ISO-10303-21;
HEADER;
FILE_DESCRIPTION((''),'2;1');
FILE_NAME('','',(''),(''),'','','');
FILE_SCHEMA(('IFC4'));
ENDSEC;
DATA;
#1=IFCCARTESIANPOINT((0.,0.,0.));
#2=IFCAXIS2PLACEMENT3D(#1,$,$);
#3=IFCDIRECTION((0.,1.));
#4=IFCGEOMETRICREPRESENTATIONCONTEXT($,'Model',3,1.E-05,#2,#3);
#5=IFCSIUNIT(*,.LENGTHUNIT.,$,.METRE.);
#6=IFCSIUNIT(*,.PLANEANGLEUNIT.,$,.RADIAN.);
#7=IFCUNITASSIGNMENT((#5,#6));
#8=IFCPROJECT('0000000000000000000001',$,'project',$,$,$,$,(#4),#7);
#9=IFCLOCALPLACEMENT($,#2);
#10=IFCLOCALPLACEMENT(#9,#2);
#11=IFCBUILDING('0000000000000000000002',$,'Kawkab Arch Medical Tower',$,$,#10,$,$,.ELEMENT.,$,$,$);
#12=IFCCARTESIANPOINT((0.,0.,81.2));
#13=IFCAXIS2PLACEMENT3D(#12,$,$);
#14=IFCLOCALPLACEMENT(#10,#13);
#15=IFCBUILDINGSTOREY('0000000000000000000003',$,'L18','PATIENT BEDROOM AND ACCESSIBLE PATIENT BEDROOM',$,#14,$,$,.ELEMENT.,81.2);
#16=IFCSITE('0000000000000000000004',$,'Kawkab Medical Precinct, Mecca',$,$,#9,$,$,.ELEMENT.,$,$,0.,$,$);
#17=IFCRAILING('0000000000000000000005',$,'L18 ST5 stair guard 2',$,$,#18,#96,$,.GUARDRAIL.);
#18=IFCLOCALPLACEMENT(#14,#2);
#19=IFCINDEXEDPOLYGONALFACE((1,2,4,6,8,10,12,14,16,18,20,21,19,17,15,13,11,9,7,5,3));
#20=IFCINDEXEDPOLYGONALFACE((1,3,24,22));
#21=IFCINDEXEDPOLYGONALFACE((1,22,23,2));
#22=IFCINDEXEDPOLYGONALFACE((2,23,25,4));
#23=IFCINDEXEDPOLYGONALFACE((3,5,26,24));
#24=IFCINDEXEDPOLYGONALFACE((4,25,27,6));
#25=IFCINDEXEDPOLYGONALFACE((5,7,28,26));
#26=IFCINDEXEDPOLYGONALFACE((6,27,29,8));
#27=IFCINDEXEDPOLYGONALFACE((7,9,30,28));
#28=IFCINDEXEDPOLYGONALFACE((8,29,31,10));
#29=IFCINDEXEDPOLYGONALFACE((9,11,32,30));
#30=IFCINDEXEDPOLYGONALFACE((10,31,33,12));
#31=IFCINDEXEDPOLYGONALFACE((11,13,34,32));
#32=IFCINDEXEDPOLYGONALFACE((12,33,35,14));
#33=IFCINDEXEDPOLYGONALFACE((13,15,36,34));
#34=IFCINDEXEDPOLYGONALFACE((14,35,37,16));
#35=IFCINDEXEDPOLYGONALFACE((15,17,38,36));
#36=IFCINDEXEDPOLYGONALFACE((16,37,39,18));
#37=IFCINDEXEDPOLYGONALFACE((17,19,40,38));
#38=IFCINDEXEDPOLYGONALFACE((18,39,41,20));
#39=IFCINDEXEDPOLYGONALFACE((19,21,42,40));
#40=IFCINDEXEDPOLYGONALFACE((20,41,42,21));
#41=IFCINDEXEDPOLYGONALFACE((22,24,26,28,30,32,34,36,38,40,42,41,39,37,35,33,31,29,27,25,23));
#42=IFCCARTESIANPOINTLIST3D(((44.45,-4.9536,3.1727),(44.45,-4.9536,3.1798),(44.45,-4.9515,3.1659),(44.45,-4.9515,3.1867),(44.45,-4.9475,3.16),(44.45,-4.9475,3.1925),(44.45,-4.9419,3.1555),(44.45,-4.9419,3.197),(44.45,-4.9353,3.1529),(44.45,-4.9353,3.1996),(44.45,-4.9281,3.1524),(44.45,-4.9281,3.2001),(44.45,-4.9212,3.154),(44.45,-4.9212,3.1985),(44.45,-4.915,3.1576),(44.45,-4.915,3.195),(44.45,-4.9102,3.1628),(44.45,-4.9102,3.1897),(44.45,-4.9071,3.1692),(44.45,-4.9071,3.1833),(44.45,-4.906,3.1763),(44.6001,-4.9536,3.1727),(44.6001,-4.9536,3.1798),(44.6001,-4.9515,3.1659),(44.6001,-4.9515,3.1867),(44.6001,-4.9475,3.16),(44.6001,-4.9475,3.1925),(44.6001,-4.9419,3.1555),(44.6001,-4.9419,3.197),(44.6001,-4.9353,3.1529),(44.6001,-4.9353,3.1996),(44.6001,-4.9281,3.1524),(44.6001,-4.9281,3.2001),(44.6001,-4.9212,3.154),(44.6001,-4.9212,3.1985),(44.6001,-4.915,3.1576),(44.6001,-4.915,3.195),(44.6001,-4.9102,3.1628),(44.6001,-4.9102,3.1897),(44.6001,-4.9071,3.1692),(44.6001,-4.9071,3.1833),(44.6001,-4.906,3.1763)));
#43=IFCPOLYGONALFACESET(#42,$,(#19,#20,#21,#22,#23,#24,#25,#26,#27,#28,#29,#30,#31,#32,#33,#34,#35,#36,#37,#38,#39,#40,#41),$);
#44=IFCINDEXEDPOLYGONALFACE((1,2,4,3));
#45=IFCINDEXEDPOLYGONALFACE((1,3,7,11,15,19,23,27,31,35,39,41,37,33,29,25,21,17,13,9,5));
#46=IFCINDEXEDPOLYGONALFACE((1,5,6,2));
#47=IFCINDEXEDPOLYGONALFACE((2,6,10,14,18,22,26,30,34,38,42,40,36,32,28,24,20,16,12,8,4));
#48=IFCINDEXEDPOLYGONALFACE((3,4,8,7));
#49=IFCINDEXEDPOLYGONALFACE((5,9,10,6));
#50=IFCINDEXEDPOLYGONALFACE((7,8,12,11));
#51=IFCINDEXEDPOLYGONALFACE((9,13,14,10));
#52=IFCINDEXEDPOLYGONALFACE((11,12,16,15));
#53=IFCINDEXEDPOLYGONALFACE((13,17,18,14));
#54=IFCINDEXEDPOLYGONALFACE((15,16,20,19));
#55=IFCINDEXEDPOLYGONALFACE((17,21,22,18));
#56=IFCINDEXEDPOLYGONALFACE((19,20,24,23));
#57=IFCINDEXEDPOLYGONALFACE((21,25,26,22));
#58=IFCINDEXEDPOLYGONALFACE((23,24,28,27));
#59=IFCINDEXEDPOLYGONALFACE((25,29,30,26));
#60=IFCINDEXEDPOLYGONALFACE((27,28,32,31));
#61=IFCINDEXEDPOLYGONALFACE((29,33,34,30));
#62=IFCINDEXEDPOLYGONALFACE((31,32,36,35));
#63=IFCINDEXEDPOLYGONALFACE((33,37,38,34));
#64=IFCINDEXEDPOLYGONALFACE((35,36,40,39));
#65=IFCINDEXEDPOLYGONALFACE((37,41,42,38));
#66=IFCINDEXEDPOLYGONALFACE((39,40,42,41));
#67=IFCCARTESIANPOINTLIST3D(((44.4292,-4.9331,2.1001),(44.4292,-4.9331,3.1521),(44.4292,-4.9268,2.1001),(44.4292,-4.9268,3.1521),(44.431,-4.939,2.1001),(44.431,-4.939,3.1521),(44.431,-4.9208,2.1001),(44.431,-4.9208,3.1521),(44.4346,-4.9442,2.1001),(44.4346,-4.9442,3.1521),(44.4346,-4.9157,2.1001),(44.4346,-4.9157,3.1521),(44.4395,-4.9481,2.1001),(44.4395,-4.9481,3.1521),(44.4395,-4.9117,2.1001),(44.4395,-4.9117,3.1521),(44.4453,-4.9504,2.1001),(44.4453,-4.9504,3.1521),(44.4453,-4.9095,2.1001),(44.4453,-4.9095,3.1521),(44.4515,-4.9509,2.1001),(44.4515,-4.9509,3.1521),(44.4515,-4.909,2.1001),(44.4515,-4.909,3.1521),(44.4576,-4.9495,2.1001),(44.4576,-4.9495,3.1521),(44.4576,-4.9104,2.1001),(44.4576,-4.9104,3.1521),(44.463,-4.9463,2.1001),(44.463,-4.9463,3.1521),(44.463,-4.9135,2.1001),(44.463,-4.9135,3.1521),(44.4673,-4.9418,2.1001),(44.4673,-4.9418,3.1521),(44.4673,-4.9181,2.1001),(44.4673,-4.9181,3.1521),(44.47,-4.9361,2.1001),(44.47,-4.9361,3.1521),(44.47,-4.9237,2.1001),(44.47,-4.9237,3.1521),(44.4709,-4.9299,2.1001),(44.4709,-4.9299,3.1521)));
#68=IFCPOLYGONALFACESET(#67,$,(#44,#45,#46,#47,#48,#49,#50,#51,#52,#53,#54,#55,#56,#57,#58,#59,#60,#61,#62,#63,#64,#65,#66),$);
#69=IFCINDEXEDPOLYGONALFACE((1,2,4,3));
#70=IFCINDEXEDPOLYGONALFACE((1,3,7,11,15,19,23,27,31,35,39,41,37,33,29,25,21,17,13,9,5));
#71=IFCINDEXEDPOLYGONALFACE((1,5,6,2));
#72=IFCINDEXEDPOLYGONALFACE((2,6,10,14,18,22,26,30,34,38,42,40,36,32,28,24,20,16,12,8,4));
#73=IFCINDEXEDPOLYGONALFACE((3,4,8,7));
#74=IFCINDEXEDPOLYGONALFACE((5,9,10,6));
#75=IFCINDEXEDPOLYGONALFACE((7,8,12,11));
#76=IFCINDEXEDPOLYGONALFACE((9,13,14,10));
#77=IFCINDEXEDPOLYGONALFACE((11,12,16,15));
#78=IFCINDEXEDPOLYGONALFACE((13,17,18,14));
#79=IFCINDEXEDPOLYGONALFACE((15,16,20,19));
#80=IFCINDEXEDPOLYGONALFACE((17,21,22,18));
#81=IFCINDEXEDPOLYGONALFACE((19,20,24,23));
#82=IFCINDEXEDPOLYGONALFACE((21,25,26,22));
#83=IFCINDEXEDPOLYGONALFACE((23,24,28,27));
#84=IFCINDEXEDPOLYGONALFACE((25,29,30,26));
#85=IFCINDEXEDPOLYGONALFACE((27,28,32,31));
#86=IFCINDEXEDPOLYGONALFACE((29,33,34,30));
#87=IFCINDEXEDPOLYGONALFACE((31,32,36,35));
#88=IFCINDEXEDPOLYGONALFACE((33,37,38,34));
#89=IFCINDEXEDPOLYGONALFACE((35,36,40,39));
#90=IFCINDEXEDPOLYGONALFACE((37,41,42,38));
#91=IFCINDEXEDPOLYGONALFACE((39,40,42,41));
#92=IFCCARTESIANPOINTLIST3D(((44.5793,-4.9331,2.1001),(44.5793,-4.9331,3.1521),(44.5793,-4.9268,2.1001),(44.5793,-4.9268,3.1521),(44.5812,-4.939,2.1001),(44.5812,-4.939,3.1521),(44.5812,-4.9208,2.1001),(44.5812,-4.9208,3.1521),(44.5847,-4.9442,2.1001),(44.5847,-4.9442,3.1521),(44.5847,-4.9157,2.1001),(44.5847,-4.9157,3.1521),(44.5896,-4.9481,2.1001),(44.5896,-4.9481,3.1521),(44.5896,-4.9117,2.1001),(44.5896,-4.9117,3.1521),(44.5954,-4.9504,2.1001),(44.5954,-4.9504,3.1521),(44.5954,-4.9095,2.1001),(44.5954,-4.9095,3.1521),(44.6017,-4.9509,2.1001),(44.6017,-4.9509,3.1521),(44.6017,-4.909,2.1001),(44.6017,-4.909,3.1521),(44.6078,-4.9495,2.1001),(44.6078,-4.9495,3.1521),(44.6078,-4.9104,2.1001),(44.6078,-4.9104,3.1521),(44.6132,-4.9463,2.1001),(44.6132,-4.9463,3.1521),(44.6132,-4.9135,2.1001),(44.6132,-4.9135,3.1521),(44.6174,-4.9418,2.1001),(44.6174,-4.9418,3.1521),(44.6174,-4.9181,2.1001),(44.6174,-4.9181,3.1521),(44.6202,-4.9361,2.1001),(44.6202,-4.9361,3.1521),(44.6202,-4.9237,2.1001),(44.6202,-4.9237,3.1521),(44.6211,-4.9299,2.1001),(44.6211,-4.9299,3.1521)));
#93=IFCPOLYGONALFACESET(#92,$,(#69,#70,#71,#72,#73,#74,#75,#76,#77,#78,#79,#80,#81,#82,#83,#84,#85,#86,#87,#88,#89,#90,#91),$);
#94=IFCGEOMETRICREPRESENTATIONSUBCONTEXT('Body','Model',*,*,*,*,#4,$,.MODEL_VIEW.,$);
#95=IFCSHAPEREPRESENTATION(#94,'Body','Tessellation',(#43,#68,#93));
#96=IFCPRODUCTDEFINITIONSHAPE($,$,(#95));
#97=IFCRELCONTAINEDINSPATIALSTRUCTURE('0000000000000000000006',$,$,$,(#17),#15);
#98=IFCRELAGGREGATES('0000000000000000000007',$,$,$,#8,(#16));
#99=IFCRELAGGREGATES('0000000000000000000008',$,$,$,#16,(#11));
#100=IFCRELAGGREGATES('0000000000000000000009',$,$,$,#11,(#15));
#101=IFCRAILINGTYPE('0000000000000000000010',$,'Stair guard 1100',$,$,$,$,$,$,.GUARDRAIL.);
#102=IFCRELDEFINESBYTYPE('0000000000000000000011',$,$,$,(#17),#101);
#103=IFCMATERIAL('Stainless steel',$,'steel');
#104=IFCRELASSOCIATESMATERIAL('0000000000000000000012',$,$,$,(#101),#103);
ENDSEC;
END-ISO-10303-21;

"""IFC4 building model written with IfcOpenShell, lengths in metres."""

from ifc_helpers import new_model, si_unit, direction, frame, origin, origin_2d, place, context, subcontext, project, spatial, circle, extrude, material, type_object, element, save


model = new_model("IFC4")

# Units and contexts
model_context = context("Model", 3, precision=1e-05, world=origin(), true_north=direction((0.0, 1.0)))
body_context = subcontext(model_context, "Body", "Model", "MODEL_VIEW")
ifc_project = project(units=[si_unit("LENGTHUNIT", "METRE"), si_unit("PLANEANGLEUNIT", "RADIAN")], contexts=[model_context])

# Site, building, storey
site_placement = place(None, origin())
site = spatial("IfcSite", under=ifc_project, at=site_placement, Name="Kawkab Medical Precinct, Mecca", CompositionType="ELEMENT", RefElevation=0.0)
building_placement = place(site_placement, origin())
building = spatial("IfcBuilding", under=site, at=building_placement, Name="Kawkab Arch Medical Tower", CompositionType="ELEMENT")
storey_placement = place(building_placement, frame((0.0, 0.0, 81.2)))
storey = spatial("IfcBuildingStorey", under=building, at=storey_placement, Name="L18", Description="PATIENT BEDROOM AND ACCESSIBLE PATIENT BEDROOM", CompositionType="ELEMENT", Elevation=81.2)

# Railing
ifc_material_1 = material(Name="Stainless steel", Category="steel")
railing_type = type_object("IfcRailingType", Name="Stair guard 1100", PredefinedType="GUARDRAIL", material=ifc_material_1)
railing_1_placement = place(storey_placement, frame((44.45, -4.9299, 2.1001)))
element("IfcRailing", 1, at=railing_1_placement, inside=storey, type_object=railing_type, Name="L18 ST5 stair guard 2", PredefinedType="GUARDRAIL", context=body_context, shape_type="SweptSolid", body=[
    extrude(circle(Radius=0.0239, at=origin_2d()), frame((0.0, 0.0, 1.0762), z_axis=(1.0, 0.0, 0.0), x_axis=(0.0, 1.0, 0.0)), (0.0, 0.0, 1.0), 0.1501),
    extrude(circle(Radius=0.021, at=origin_2d()), origin(), (0.0, 0.0, 1.0), 1.052),
    extrude(circle(Radius=0.021, at=origin_2d()), frame((0.1501, 0.0, 0.0)), (0.0, 0.0, 1.0), 1.052),
])

save(model, "model.ifc")
